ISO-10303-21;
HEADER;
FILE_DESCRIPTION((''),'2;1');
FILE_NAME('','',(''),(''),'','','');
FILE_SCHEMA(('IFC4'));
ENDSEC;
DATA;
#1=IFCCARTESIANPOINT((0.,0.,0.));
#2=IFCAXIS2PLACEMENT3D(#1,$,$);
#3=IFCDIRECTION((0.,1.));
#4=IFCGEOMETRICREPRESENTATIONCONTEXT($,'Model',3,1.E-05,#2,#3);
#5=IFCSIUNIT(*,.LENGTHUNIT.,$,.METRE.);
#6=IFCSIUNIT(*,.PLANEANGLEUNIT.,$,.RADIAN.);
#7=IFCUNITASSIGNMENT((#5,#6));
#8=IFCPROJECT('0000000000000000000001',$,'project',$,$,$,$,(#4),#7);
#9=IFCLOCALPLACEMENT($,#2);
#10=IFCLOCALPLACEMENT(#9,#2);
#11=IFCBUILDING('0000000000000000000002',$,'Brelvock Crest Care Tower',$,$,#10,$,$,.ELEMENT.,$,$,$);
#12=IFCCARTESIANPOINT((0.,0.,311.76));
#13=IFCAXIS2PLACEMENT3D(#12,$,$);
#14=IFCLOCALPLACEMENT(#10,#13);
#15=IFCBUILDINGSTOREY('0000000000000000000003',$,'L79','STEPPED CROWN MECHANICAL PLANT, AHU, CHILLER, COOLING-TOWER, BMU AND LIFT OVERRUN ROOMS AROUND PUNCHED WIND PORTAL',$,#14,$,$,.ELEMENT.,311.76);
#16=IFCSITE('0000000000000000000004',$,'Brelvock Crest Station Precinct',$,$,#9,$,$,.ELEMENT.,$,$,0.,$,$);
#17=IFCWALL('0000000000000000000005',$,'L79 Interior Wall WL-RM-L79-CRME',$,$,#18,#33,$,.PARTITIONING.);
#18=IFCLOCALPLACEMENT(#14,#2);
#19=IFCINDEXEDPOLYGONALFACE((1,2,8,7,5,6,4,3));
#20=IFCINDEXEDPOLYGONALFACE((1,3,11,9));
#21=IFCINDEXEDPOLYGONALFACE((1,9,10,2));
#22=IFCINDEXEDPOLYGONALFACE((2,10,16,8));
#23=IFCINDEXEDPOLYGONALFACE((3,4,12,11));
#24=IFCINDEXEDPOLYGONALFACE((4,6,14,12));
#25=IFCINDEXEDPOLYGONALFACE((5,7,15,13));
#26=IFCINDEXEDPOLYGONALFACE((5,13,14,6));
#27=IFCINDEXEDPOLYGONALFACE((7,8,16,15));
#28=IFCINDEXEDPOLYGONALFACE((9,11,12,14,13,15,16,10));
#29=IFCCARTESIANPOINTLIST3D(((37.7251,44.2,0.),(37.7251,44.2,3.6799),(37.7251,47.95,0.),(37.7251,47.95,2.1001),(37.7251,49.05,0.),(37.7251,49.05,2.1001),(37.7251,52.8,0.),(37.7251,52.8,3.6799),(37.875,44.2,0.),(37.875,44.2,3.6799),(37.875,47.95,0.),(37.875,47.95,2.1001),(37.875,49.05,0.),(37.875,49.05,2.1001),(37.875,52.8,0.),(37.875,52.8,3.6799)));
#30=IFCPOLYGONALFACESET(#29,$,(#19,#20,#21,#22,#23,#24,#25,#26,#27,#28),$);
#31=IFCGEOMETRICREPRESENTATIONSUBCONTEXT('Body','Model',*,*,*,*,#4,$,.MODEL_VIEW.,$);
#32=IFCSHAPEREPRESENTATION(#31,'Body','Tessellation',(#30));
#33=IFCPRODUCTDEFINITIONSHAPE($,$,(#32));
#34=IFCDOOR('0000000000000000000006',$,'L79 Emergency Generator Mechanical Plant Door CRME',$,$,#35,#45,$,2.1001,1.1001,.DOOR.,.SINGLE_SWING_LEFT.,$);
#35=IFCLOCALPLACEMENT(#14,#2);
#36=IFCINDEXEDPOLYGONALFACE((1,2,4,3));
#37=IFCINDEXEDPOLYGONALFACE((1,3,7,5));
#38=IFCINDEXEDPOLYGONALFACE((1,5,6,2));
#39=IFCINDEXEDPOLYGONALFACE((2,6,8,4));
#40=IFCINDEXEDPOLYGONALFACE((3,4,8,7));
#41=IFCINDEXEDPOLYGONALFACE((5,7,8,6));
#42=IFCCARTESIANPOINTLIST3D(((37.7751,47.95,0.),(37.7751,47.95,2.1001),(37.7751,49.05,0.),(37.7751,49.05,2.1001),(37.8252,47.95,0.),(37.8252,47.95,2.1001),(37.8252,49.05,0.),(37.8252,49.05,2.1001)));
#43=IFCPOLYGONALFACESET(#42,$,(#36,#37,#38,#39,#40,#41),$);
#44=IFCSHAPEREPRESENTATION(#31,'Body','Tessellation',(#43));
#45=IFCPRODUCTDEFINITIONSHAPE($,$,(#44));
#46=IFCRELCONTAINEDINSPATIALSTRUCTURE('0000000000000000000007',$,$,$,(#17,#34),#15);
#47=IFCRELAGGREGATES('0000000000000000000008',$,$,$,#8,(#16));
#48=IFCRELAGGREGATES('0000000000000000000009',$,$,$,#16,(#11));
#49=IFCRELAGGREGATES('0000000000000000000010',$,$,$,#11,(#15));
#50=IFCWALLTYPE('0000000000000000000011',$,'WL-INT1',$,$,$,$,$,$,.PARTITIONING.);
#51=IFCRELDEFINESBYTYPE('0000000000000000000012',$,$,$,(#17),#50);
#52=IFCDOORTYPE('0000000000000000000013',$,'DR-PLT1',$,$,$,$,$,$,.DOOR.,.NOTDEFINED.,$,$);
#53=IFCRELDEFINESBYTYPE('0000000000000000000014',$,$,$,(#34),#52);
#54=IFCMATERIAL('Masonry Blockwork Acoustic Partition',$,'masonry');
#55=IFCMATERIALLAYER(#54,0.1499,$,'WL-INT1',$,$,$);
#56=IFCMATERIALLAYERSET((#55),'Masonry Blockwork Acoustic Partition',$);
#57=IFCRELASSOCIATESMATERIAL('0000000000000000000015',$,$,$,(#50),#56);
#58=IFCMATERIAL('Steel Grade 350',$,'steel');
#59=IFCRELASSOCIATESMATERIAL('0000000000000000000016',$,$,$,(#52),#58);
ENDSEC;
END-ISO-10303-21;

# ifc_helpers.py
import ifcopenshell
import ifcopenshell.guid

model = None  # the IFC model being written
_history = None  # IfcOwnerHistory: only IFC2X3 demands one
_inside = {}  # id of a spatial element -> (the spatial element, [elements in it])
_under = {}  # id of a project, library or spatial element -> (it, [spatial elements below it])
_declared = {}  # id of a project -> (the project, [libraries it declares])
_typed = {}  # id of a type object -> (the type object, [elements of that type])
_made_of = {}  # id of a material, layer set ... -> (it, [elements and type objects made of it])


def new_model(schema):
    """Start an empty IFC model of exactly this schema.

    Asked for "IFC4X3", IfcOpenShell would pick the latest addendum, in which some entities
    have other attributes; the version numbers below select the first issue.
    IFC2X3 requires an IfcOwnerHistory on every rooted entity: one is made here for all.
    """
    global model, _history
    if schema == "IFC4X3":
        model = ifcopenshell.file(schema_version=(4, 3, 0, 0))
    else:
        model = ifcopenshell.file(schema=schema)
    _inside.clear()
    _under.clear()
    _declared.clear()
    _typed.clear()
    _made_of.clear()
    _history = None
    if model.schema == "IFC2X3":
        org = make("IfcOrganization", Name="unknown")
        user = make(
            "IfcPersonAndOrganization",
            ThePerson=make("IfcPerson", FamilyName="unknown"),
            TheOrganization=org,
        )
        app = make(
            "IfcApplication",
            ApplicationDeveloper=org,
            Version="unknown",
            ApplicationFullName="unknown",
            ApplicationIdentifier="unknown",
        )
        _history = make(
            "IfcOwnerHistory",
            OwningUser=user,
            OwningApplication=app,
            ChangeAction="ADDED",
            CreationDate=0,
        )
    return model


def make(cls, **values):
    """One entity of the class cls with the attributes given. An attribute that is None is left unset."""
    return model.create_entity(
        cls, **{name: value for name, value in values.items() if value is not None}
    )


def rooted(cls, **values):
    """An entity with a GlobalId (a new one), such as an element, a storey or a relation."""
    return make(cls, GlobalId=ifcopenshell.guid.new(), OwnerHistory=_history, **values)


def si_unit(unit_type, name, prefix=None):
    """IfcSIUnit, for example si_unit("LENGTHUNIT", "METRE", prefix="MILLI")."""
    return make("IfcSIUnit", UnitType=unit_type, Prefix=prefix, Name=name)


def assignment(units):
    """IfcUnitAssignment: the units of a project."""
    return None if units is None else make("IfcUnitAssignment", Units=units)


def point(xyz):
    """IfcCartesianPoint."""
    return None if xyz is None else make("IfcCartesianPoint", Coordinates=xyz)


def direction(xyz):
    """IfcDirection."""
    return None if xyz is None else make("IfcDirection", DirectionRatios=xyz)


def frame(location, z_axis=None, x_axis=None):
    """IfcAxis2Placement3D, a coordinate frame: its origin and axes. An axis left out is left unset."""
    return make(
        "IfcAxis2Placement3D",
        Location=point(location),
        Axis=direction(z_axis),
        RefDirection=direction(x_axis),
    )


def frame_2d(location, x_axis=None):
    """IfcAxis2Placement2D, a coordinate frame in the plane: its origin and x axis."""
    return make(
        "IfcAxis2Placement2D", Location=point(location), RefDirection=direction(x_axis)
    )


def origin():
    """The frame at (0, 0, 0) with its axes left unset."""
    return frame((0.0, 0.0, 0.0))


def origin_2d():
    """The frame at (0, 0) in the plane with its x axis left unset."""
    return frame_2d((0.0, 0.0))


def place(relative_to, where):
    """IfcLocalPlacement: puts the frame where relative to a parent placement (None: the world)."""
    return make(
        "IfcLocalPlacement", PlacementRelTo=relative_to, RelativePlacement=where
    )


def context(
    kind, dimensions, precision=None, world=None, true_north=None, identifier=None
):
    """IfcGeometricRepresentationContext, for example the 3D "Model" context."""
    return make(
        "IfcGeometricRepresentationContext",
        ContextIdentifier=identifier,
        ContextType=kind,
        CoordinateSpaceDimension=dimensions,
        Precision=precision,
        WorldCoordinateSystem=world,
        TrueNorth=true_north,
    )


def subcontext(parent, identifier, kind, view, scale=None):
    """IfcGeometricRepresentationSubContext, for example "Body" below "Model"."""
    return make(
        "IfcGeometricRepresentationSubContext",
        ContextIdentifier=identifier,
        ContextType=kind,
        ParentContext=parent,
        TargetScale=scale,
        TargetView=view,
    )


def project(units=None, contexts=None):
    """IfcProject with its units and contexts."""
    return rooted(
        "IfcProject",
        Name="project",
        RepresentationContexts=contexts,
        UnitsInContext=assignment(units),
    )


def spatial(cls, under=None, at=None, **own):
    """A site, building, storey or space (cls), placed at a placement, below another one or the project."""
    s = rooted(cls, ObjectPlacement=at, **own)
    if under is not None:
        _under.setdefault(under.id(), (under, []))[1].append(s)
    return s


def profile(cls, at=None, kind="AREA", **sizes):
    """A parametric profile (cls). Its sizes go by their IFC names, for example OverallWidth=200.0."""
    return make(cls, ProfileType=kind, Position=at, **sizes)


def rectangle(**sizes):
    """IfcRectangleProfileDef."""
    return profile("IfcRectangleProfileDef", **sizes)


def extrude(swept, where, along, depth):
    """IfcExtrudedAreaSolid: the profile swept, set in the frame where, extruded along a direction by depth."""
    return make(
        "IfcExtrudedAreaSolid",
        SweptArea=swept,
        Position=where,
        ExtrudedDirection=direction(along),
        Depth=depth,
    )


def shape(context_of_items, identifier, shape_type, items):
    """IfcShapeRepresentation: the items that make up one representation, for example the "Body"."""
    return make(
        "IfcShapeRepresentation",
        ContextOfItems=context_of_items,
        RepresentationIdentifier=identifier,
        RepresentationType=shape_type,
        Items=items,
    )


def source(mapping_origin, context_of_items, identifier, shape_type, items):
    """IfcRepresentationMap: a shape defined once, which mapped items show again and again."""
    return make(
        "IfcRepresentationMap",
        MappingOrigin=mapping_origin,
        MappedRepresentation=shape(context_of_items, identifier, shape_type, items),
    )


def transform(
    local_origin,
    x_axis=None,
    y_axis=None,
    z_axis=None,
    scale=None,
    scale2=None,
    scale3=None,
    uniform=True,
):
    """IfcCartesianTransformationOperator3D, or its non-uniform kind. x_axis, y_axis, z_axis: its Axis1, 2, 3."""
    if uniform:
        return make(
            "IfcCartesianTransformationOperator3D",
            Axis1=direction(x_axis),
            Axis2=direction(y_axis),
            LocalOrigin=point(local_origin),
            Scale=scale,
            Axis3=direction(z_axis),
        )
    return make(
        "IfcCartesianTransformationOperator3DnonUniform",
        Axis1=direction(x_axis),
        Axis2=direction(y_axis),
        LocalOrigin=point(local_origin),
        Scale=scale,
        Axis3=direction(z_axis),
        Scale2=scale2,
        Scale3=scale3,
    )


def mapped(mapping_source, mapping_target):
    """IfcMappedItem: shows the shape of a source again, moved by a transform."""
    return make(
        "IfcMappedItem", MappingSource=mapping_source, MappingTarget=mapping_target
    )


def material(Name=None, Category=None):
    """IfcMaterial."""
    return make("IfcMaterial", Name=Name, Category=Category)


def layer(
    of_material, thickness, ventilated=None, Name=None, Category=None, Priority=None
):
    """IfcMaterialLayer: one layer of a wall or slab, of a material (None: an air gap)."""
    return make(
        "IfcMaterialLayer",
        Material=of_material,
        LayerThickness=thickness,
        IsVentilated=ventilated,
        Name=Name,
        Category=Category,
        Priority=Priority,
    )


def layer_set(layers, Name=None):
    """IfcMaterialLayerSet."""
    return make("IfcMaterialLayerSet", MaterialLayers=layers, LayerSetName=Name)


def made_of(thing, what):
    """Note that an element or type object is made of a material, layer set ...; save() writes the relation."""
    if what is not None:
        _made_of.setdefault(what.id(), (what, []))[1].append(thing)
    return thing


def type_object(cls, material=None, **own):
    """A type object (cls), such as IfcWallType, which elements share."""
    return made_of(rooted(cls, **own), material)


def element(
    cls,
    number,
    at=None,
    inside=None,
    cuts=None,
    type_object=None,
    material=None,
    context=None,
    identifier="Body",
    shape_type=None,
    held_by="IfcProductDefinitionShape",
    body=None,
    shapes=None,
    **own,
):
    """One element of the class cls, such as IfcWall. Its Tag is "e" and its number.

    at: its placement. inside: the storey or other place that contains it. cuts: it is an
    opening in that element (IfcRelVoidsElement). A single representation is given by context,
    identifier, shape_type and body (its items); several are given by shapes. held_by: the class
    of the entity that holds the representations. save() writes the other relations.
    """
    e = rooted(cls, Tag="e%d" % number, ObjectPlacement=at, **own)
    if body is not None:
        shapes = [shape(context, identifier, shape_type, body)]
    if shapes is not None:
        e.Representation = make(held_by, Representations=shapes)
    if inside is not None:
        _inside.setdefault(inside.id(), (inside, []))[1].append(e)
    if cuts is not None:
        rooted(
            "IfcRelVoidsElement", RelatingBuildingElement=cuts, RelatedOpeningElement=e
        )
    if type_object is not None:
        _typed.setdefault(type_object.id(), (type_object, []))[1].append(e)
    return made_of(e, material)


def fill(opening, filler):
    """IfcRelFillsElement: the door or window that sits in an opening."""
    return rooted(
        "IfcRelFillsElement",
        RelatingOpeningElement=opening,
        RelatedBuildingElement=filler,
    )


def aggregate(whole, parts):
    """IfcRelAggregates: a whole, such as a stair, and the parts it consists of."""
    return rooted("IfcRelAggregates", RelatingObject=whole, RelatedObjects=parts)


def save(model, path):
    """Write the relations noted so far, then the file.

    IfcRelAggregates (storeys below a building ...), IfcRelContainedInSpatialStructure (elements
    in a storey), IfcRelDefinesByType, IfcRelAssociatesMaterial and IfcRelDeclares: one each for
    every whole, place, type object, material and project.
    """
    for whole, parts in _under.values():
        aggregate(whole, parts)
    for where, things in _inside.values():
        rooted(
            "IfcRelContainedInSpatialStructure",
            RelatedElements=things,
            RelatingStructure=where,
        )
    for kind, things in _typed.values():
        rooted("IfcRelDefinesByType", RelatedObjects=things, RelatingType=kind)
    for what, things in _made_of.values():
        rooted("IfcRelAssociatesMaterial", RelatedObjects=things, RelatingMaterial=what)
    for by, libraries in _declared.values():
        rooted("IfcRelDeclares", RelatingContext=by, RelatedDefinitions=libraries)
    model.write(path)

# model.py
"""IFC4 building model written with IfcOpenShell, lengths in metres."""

from ifc_helpers import new_model, si_unit, direction, frame, frame_2d, origin, origin_2d, place, context, subcontext, project, spatial, rectangle, extrude, source, transform, mapped, material, layer, layer_set, type_object, element, fill, save


model = new_model("IFC4")

# Units and contexts
model_context = context("Model", 3, precision=1e-05, world=origin(), true_north=direction((0.0, 1.0)))
body_context = subcontext(model_context, "Body", "Model", "MODEL_VIEW")
ifc_project = project(units=[si_unit("LENGTHUNIT", "METRE"), si_unit("PLANEANGLEUNIT", "RADIAN")], contexts=[model_context])

# Site, building, storey
site_placement = place(None, origin())
site = spatial("IfcSite", under=ifc_project, at=site_placement, Name="Brelvock Crest Station Precinct", CompositionType="ELEMENT", RefElevation=0.0)
building_placement = place(site_placement, origin())
building = spatial("IfcBuilding", under=site, at=building_placement, Name="Brelvock Crest Care Tower", CompositionType="ELEMENT")
storey_placement = place(building_placement, frame((0.0, 0.0, 311.76)))
storey = spatial("IfcBuildingStorey", under=building, at=storey_placement, Name="L79", Description="STEPPED CROWN MECHANICAL PLANT, AHU, CHILLER, COOLING-TOWER, BMU AND LIFT OVERRUN ROOMS AROUND PUNCHED WIND PORTAL", CompositionType="ELEMENT", Elevation=311.76)

# Shared definitions
ifc_material_1 = material(Name="Steel Grade 350", Category="steel")

# Shared definitions
ifc_material_2 = material(Name="Masonry Blockwork Acoustic Partition", Category="masonry")
ifc_layer = layer(ifc_material_2, 0.1499, Name="WL-INT1")
ifc_layer_set = layer_set([ifc_layer], Name="Masonry Blockwork Acoustic Partition")
wall_type = type_object("IfcWallType", Name="WL-INT1", PredefinedType="PARTITIONING", material=ifc_layer_set)

# Wall, opening, door
door_type = type_object("IfcDoorType", Name="DR-PLT1", OperationType="NOTDEFINED", PredefinedType="DOOR", material=ifc_material_1)
shared_shape_1 = source(origin(), body_context, "Body", "SweptSolid", [
    extrude(rectangle(XDim=1.1001, YDim=2.1001, at=origin_2d()), frame((0.55, 0.0249, 1.05), z_axis=(0.0, -1.0, 0.0), x_axis=(1.0, 0.0, 0.0)), (0.0, 0.0, 1.0), 0.05),
])
wall_1_placement = place(storey_placement, frame((37.8, 44.2, 0.0), z_axis=(0.0, 0.0, 1.0), x_axis=(0.0, 1.0, 0.0)))
wall_1 = element("IfcWall", 1, at=wall_1_placement, inside=storey, type_object=wall_type, Name="L79 Interior Wall WL-RM-L79-CRME", PredefinedType="PARTITIONING", context=body_context, shape_type="SweptSolid", body=[
    extrude(rectangle(XDim=8.6001, YDim=0.1499, at=frame_2d((4.3, 0.0))), origin(), (0.0, 0.0, 1.0), 3.6799),
])
opening_1_placement = place(wall_1_placement, frame((3.75, 0.0, 0.0)))
opening_1 = element("IfcOpeningElement", 2, at=opening_1_placement, cuts=wall_1, PredefinedType="OPENING", context=body_context, shape_type="SweptSolid", body=[
    extrude(rectangle(XDim=1.1001, YDim=2.1001, at=origin_2d()), frame((0.55, 0.085, 1.05), z_axis=(0.0, -1.0, 0.0), x_axis=(1.0, 0.0, 0.0)), (0.0, 0.0, 1.0), 0.1699),
])
door_1_placement = place(opening_1_placement, origin())
door_1 = element("IfcDoor", 3, at=door_1_placement, inside=storey, type_object=door_type, Name="L79 Emergency Generator Mechanical Plant Door CRME", OperationType="SINGLE_SWING_LEFT", OverallHeight=2.1001, OverallWidth=1.1001, PredefinedType="DOOR", context=body_context, shape_type="MappedRepresentation", body=[
    mapped(shared_shape_1, transform((0.0, 0.0, 0.0), x_axis=(1.0, 0.0, 0.0), y_axis=(0.0, 1.0, 0.0), z_axis=(0.0, 0.0, 1.0), scale=1.0)),
])
fill(opening_1, door_1)

save(model, "model.ifc")
